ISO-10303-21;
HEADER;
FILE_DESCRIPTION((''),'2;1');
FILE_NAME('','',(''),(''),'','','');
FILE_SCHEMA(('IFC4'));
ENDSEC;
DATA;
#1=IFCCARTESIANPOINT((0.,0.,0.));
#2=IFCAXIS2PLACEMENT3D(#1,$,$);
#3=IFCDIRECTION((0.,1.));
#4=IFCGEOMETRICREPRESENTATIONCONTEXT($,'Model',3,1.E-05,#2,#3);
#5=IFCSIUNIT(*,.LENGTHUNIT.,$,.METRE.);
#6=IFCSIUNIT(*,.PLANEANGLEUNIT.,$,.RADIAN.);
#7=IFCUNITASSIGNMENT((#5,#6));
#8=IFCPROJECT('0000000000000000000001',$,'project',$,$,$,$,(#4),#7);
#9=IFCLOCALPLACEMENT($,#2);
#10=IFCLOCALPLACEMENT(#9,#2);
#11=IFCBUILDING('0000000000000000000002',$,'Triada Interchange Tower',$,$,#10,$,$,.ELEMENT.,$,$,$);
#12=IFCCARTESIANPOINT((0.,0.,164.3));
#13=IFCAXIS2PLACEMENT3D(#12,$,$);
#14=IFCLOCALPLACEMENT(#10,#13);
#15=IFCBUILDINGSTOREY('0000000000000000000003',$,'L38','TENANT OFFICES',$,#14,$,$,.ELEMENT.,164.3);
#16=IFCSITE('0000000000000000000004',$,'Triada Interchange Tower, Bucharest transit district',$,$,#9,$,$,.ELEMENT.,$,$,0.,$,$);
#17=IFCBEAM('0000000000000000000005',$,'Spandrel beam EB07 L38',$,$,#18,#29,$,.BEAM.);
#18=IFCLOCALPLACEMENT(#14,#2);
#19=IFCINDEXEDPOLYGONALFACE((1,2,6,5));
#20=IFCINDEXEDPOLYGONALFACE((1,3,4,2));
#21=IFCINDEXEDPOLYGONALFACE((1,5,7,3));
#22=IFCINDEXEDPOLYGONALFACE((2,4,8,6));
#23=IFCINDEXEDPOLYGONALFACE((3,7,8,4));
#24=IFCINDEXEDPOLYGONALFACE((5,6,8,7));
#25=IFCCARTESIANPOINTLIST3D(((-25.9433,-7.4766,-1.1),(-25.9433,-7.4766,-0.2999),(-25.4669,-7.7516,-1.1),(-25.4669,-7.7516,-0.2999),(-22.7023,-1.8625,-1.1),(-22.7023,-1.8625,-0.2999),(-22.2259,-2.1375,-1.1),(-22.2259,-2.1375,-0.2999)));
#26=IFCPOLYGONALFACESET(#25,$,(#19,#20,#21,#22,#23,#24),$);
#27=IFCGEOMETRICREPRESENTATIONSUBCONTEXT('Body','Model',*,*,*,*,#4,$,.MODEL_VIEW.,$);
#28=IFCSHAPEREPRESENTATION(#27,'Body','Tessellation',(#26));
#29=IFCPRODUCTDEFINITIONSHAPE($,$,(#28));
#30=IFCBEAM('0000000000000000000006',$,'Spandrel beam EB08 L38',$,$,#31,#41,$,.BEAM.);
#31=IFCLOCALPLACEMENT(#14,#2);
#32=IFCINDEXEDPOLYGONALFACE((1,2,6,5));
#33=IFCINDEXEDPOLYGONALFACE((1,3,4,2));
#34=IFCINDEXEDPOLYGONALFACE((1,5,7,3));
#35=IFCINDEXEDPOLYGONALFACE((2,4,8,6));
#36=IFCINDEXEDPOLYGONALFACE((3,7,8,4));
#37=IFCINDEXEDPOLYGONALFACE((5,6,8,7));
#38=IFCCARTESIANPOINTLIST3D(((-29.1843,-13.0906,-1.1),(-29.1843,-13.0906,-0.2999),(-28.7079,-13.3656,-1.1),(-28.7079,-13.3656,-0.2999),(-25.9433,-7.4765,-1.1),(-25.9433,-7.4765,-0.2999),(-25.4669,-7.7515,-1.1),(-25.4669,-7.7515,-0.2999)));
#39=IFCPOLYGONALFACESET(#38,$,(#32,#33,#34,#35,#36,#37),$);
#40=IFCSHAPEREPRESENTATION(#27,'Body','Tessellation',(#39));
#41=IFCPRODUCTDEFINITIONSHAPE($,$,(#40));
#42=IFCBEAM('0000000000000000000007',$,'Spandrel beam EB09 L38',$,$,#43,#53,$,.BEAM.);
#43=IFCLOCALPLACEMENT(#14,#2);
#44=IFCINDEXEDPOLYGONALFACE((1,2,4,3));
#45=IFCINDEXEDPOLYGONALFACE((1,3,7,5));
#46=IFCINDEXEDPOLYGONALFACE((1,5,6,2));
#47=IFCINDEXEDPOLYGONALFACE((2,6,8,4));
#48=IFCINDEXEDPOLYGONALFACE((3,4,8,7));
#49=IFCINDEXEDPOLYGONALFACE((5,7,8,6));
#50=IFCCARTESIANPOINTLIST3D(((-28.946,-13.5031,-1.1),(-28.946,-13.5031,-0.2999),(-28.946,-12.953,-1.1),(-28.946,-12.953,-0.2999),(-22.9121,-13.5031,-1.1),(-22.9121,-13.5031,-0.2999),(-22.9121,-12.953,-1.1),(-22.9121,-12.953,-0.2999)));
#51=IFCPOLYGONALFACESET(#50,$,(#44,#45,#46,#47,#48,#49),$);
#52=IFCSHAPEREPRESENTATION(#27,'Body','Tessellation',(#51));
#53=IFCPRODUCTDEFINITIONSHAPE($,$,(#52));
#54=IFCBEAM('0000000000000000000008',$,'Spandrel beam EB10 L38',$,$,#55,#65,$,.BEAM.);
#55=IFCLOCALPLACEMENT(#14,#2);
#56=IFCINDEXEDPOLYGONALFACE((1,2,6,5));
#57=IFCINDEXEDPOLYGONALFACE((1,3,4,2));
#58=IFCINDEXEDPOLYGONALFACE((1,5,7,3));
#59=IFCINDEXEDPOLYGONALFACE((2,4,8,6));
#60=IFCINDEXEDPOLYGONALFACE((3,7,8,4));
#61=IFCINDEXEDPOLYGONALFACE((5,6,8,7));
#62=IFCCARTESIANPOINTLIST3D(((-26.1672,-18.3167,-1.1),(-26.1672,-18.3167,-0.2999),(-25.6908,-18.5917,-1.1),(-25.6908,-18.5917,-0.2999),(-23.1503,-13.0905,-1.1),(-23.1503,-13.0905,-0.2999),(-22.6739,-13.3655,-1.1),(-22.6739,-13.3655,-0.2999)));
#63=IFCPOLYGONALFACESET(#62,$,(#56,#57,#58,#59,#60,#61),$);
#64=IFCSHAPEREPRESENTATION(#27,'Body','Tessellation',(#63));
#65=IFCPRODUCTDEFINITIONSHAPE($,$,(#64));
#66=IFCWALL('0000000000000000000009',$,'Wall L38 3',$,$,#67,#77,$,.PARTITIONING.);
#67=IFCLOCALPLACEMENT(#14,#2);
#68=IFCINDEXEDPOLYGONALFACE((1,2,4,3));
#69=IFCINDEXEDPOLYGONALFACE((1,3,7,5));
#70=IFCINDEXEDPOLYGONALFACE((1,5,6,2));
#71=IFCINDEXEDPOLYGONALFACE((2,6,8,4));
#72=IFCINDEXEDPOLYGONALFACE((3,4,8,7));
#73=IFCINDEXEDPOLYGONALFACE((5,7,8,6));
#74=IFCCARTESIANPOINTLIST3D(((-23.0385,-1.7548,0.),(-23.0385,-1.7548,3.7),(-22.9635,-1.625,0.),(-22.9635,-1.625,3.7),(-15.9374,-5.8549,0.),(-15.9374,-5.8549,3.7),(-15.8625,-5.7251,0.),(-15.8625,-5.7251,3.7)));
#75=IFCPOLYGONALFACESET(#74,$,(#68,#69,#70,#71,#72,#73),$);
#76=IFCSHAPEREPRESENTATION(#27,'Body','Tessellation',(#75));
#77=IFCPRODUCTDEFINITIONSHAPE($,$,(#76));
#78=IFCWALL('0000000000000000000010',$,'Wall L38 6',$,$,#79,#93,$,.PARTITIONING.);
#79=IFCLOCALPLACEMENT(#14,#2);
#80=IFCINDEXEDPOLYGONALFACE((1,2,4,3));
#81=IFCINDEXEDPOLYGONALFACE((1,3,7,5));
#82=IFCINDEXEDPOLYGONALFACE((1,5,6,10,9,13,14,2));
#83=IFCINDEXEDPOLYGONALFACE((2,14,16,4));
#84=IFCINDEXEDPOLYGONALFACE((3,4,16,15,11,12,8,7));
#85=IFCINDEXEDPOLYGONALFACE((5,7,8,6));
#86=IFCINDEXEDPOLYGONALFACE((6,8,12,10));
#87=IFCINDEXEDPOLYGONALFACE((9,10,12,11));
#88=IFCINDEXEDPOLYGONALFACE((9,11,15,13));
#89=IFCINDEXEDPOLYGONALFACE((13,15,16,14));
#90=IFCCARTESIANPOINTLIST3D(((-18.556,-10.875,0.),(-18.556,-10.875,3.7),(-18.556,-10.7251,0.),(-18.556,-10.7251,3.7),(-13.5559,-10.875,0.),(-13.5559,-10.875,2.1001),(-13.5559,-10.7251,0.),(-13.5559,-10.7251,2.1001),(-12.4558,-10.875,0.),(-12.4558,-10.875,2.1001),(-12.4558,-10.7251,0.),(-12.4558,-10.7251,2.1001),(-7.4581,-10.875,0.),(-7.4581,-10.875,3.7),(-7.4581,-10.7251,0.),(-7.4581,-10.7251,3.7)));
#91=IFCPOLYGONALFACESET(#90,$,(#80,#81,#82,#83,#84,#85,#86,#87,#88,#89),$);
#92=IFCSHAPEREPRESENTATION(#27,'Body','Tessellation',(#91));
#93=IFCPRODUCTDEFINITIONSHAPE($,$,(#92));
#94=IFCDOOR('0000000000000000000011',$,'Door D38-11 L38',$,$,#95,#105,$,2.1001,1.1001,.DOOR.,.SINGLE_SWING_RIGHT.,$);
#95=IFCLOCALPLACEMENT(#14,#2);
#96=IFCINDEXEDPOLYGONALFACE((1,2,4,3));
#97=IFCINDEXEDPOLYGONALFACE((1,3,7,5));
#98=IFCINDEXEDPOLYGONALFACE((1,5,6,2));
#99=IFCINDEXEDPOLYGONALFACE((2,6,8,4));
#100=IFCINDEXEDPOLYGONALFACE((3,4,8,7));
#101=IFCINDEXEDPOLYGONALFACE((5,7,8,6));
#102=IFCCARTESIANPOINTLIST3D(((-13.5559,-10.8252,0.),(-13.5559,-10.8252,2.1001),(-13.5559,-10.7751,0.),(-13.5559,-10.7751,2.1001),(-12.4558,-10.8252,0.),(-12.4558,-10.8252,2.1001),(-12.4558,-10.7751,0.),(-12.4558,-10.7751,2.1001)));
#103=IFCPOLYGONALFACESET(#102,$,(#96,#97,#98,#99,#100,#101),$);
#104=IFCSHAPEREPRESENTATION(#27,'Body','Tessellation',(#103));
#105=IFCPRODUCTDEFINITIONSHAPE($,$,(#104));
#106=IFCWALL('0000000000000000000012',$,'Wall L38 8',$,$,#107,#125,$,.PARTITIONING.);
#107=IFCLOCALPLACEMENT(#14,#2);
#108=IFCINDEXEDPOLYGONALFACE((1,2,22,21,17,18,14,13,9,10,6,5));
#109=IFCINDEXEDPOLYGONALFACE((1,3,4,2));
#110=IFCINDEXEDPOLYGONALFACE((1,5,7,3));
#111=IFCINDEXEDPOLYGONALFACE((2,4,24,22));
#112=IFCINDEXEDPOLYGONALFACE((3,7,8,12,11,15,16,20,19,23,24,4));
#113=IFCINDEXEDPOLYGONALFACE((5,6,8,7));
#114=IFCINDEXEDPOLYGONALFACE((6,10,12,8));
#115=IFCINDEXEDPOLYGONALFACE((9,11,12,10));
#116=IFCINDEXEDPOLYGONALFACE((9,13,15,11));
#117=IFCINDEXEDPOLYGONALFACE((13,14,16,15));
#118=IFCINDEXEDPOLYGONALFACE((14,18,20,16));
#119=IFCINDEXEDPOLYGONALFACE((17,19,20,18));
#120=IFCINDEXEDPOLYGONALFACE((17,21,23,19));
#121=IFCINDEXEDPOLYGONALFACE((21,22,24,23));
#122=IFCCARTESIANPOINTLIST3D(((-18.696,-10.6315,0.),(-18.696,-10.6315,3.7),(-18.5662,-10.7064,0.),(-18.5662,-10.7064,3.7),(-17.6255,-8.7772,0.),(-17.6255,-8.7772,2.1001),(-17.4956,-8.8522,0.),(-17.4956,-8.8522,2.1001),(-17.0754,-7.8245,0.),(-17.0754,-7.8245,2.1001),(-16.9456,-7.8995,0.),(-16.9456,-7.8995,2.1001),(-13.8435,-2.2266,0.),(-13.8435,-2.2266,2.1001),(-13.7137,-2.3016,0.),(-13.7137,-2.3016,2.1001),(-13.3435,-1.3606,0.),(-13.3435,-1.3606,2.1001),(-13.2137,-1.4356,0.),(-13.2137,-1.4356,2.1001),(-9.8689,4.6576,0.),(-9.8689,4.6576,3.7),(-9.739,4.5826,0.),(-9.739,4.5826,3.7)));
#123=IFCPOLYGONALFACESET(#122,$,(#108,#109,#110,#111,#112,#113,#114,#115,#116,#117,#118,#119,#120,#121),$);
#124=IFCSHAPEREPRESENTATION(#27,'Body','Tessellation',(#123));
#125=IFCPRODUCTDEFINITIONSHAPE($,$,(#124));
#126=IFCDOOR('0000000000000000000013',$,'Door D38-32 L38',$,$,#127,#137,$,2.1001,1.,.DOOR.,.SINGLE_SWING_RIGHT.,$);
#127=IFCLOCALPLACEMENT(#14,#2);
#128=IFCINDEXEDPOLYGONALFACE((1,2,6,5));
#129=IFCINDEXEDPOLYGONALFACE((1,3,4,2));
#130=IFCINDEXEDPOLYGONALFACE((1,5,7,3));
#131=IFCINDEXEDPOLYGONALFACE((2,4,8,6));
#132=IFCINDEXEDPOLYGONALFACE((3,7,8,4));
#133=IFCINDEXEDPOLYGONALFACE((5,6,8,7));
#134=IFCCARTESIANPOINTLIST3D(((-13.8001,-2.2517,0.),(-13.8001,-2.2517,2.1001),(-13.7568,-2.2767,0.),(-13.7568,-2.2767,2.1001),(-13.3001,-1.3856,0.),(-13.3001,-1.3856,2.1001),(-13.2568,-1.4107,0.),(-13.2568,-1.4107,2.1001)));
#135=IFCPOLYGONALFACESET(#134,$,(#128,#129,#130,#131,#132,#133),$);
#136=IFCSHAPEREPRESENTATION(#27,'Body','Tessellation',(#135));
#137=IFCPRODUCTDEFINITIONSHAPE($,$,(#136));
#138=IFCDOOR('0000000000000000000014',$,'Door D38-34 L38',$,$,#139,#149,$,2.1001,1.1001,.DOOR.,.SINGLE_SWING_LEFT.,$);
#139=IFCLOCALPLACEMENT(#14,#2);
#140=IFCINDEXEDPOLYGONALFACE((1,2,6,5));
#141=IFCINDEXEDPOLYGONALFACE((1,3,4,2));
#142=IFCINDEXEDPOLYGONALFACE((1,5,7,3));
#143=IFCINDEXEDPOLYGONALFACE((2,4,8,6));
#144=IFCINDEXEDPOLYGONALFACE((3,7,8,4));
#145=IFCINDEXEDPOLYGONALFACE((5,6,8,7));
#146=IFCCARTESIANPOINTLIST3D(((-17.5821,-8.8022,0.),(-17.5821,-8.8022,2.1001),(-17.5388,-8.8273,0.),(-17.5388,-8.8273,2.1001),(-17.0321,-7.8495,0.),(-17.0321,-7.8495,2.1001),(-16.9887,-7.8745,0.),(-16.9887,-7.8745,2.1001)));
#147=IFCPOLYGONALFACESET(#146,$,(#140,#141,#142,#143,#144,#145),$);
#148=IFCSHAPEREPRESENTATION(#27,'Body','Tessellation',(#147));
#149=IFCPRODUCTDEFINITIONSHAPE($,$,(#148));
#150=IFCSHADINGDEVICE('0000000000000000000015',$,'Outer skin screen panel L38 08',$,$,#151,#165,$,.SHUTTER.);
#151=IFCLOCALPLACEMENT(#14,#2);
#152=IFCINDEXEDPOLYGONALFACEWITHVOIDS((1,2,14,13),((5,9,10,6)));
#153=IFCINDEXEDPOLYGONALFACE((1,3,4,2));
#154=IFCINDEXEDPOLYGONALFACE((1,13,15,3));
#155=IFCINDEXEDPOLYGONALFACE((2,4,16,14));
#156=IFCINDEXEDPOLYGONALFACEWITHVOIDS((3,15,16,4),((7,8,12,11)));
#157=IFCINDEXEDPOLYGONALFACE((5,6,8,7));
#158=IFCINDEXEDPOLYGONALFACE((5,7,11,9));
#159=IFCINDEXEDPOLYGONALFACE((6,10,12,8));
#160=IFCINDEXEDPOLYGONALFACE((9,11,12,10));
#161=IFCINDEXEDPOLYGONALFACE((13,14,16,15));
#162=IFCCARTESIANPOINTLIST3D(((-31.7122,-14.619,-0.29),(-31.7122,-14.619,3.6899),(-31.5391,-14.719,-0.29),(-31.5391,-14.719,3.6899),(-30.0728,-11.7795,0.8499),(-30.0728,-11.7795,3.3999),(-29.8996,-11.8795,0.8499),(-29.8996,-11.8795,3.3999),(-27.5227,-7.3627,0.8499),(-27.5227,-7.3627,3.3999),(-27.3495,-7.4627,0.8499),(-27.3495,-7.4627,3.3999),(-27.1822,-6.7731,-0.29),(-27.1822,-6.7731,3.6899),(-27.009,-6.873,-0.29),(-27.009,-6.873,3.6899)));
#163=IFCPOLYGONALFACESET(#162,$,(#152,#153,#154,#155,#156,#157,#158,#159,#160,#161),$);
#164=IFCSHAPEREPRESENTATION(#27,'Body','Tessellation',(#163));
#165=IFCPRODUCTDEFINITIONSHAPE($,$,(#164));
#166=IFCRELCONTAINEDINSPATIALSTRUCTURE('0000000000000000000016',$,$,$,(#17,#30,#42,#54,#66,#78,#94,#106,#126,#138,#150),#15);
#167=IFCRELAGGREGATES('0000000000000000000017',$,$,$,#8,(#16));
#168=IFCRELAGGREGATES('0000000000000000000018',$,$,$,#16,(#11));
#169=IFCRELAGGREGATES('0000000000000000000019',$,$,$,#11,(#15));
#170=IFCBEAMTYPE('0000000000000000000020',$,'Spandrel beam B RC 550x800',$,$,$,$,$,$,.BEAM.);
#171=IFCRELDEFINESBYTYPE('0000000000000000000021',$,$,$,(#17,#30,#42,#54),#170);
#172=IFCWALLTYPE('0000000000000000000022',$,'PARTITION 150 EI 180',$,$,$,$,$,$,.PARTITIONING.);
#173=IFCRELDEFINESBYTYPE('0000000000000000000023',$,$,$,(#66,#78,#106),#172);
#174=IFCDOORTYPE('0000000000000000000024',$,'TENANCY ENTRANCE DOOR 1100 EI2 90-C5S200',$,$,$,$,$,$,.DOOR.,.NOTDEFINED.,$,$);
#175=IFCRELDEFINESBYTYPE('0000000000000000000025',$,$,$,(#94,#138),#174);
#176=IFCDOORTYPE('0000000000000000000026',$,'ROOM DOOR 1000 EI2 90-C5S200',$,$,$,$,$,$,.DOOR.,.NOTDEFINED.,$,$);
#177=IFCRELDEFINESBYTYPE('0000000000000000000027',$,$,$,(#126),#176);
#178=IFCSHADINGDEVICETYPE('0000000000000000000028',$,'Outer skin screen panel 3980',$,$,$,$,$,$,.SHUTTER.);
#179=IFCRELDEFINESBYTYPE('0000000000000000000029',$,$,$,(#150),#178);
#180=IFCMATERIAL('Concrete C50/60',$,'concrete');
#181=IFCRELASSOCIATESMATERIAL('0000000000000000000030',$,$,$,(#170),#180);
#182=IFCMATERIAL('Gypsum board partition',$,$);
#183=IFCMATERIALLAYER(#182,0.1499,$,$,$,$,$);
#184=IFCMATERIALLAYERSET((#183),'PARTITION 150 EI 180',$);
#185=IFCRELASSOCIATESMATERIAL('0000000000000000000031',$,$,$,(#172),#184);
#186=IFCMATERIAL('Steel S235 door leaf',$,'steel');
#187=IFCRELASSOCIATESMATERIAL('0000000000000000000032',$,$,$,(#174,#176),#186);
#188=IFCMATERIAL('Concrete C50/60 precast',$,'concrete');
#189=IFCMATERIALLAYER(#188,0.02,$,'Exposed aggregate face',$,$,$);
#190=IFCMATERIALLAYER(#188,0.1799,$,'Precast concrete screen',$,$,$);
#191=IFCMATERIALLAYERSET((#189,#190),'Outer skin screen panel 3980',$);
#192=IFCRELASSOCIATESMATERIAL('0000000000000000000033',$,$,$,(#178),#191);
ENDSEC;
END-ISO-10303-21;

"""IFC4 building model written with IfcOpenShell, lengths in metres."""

from ifc_helpers import new_model, si_unit, direction, frame, frame_2d, origin, origin_2d, place, context, subcontext, project, spatial, polyline, rectangle, outline, extrude, material, layer, layer_set, material_profile, profile_set, type_object, element, fill, save


model = new_model("IFC4")

# Units and contexts
model_context = context("Model", 3, precision=1e-05, world=origin(), true_north=direction((0.0, 1.0)))
body_context = subcontext(model_context, "Body", "Model", "MODEL_VIEW")
ifc_project = project(units=[si_unit("LENGTHUNIT", "METRE"), si_unit("PLANEANGLEUNIT", "RADIAN")], contexts=[model_context])

# Site, building, storey
site_placement = place(None, origin())
site = spatial("IfcSite", under=ifc_project, at=site_placement, Name="Triada Interchange Tower, Bucharest transit district", CompositionType="ELEMENT", RefElevation=0.0)
building_placement = place(site_placement, origin())
building = spatial("IfcBuilding", under=site, at=building_placement, Name="Triada Interchange Tower", CompositionType="ELEMENT")
storey_placement = place(building_placement, frame((0.0, 0.0, 164.3)))
storey = spatial("IfcBuildingStorey", under=building, at=storey_placement, Name="L38", Description="TENANT OFFICES", CompositionType="ELEMENT", Elevation=164.3)

# Beams
ifc_material_1 = material(Name="Concrete C50/60", Category="concrete")
ifc_material_profile_1 = material_profile(ifc_material_1, rectangle(XDim=0.55, YDim=0.8, at=origin_2d()), Name="RC 550x800")
ifc_profile_set_1 = profile_set([ifc_material_profile_1], Name="Concrete C50/60")
beam_type_1 = type_object("IfcBeamType", Name="Spandrel beam B RC 550x800", PredefinedType="BEAM", material=ifc_profile_set_1)
for number, where, z_axis, x_axis, name in (
    (1, (-22.4641, -2.0, -0.7), (-0.499967, -0.866044, 0.0), (0.866044, -0.499967, 0.0), "Spandrel beam EB07 L38"),
    (2, (-25.7051, -7.614, -0.7), (-0.499967, -0.866044, 0.0), (0.866044, -0.499967, 0.0), "Spandrel beam EB08 L38"),
):
    element("IfcBeam", number, at=place(storey_placement, frame(where, z_axis=z_axis, x_axis=x_axis)), inside=storey, type_object=beam_type_1, Name=name, PredefinedType="BEAM", context=body_context, shape_type="SweptSolid", body=[
        extrude(rectangle(XDim=0.55, YDim=0.8, at=origin_2d()), origin(), (0.0, 0.0, 1.0), 6.4824),
    ])
beam_1_placement = place(storey_placement, frame((-28.946, -13.228, -0.7), z_axis=(1.0, 0.0, 0.0), x_axis=(0.0, 1.0, 0.0)))
element("IfcBeam", 3, at=beam_1_placement, inside=storey, type_object=beam_type_1, Name="Spandrel beam EB09 L38", PredefinedType="BEAM", context=body_context, shape_type="SweptSolid", body=[
    extrude(rectangle(XDim=0.55, YDim=0.8, at=origin_2d()), origin(), (0.0, 0.0, 1.0), 6.0339),
])
beam_2_placement = place(storey_placement, frame((-22.9121, -13.228, -0.7), z_axis=(-0.499947, -0.866056, 0.0), x_axis=(0.866056, -0.499947, 0.0)))
element("IfcBeam", 4, at=beam_2_placement, inside=storey, type_object=beam_type_1, Name="Spandrel beam EB10 L38", PredefinedType="BEAM", context=body_context, shape_type="SweptSolid", body=[
    extrude(rectangle(XDim=0.55, YDim=0.8, at=origin_2d()), origin(), (0.0, 0.0, 1.0), 6.0344),
])

# Wall
ifc_material_2 = material(Name="Gypsum board partition")
ifc_layer_1 = layer(ifc_material_2, 0.1499)
ifc_layer_set_1 = layer_set([ifc_layer_1], Name="PARTITION 150 EI 180")
wall_type = type_object("IfcWallType", Name="PARTITION 150 EI 180", PredefinedType="PARTITIONING", material=ifc_layer_set_1)
wall_1_placement = place(storey_placement, frame((-23.001, -1.6899, 0.0), z_axis=(0.0, 0.0, 1.0), x_axis=(0.86601, -0.500027, 0.0)))
element("IfcWall", 5, at=wall_1_placement, inside=storey, type_object=wall_type, Name="Wall L38 3", PredefinedType="PARTITIONING", context=body_context, shape_type="SweptSolid", body=[
    extrude(rectangle(XDim=8.1997, YDim=0.1499, at=frame_2d((4.0999, 0.0))), origin(), (0.0, 0.0, 1.0), 3.7),
])

# Wall, opening, door
wall_2_placement = place(storey_placement, frame((-18.5559, -10.8, 0.0), z_axis=(0.0, 0.0, 1.0), x_axis=(1.0, 0.0, 0.0)))
wall_2 = element("IfcWall", 6, at=wall_2_placement, inside=storey, type_object=wall_type, Name="Wall L38 6", PredefinedType="PARTITIONING", context=body_context, shape_type="SweptSolid", body=[
    extrude(rectangle(XDim=11.0979, YDim=0.1499, at=frame_2d((5.5488, 0.0))), origin(), (0.0, 0.0, 1.0), 3.7),
])
opening_1_placement = place(wall_2_placement, frame((5.0, 0.0, 0.0)))
opening_1 = element("IfcOpeningElement", 7, at=opening_1_placement, cuts=wall_2, PredefinedType="OPENING", context=body_context, shape_type="SweptSolid", body=[
    extrude(rectangle(XDim=1.1001, YDim=2.1001, at=frame_2d((0.55, 1.05))), frame((0.0, 0.085, 0.0), z_axis=(0.0, -1.0, 0.0), x_axis=(1.0, 0.0, 0.0)), (0.0, 0.0, 1.0), 0.1699),
])
ifc_material_3 = material(Name="Steel S235 door leaf", Category="steel")
door_type_1 = type_object("IfcDoorType", Name="TENANCY ENTRANCE DOOR 1100 EI2 90-C5S200", OperationType="NOTDEFINED", PredefinedType="DOOR", material=ifc_material_3)
door_1_placement = place(opening_1_placement, origin())
door_1 = element("IfcDoor", 8, at=door_1_placement, inside=storey, type_object=door_type_1, Name="Door D38-11 L38", OperationType="SINGLE_SWING_RIGHT", OverallHeight=2.1001, OverallWidth=1.1001, PredefinedType="DOOR", context=body_context, shape_type="SweptSolid", body=[
    extrude(rectangle(XDim=1.1001, YDim=2.1001, at=frame_2d((0.55, 1.05))), frame((0.0, 0.0249, 0.0), z_axis=(0.0, -1.0, 0.0), x_axis=(1.0, 0.0, 0.0)), (0.0, 0.0, 1.0), 0.05),
])
fill(opening_1, door_1)

# Wall, openings, doors
wall_3_placement = place(storey_placement, frame((-18.6311, -10.6689, 0.0), z_axis=(0.0, 0.0, 1.0), x_axis=(0.5, 0.866025, 0.0)))
wall_3 = element("IfcWall", 9, at=wall_3_placement, inside=storey, type_object=wall_type, Name="Wall L38 8", PredefinedType="PARTITIONING", context=body_context, shape_type="SweptSolid", body=[
    extrude(rectangle(XDim=17.6543, YDim=0.1499, at=frame_2d((8.8271, 0.0))), origin(), (0.0, 0.0, 1.0), 3.7),
])
opening_2_placement = place(wall_3_placement, frame((9.7051, 0.0, 0.0)))
opening_2 = element("IfcOpeningElement", 10, at=opening_2_placement, cuts=wall_3, PredefinedType="OPENING", context=body_context, shape_type="SweptSolid", body=[
    extrude(rectangle(XDim=1.0, YDim=2.1001, at=frame_2d((0.5, 1.05))), frame((0.0, 0.085, 0.0), z_axis=(0.0, -1.0, 0.0), x_axis=(1.0, 0.0, 0.0)), (0.0, 0.0, 1.0), 0.1699),
])
opening_3_placement = place(wall_3_placement, frame((2.1411, 0.0, 0.0)))
opening_3 = element("IfcOpeningElement", 11, at=opening_3_placement, cuts=wall_3, PredefinedType="OPENING", context=body_context, shape_type="SweptSolid", body=[
    extrude(rectangle(XDim=1.1001, YDim=2.1001, at=frame_2d((0.55, 1.05))), frame((0.0, 0.085, 0.0), z_axis=(0.0, -1.0, 0.0), x_axis=(1.0, 0.0, 0.0)), (0.0, 0.0, 1.0), 0.1699),
])
door_type_2 = type_object("IfcDoorType", Name="ROOM DOOR 1000 EI2 90-C5S200", OperationType="NOTDEFINED", PredefinedType="DOOR", material=ifc_material_3)
door_2_placement = place(opening_2_placement, origin())
door_2 = element("IfcDoor", 12, at=door_2_placement, inside=storey, type_object=door_type_2, Name="Door D38-32 L38", OperationType="SINGLE_SWING_RIGHT", OverallHeight=2.1001, OverallWidth=1.0, PredefinedType="DOOR", context=body_context, shape_type="SweptSolid", body=[
    extrude(rectangle(XDim=1.0, YDim=2.1001, at=frame_2d((0.5, 1.05))), frame((0.0, 0.0249, 0.0), z_axis=(0.0, -1.0, 0.0), x_axis=(1.0, 0.0, 0.0)), (0.0, 0.0, 1.0), 0.05),
])
fill(opening_2, door_2)
door_3_placement = place(opening_3_placement, origin())
door_3 = element("IfcDoor", 13, at=door_3_placement, inside=storey, type_object=door_type_1, Name="Door D38-34 L38", OperationType="SINGLE_SWING_LEFT", OverallHeight=2.1001, OverallWidth=1.1001, PredefinedType="DOOR", context=body_context, shape_type="SweptSolid", body=[
    extrude(rectangle(XDim=1.1001, YDim=2.1001, at=frame_2d((0.55, 1.05))), frame((0.0, 0.0249, 0.0), z_axis=(0.0, -1.0, 0.0), x_axis=(1.0, 0.0, 0.0)), (0.0, 0.0, 1.0), 0.05),
])
fill(opening_3, door_3)

# Shading device
ifc_material_4 = material(Name="Concrete C50/60 precast", Category="concrete")
ifc_layer_2 = layer(ifc_material_4, 0.02, Name="Exposed aggregate face")
ifc_layer_3 = layer(ifc_material_4, 0.1799, Name="Precast concrete screen")
ifc_layer_set_2 = layer_set([ifc_layer_2, ifc_layer_3], Name="Outer skin screen panel 3980")
shading_device_type = type_object("IfcShadingDeviceType", Name="Outer skin screen panel 3980", PredefinedType="SHUTTER", material=ifc_layer_set_2)
shading_device_placement = place(storey_placement, frame((-27.009, -6.873, -0.29), z_axis=(0.0, 0.0, 1.0), x_axis=(-0.500014, -0.866017, 0.0)))
element("IfcShadingDevice", 14, at=shading_device_placement, inside=storey, type_object=shading_device_type, Name="Outer skin screen panel L38 08", PredefinedType="SHUTTER", context=body_context, shape_type="SweptSolid", body=[
    extrude(outline(polyline([(0.0, 0.0), (9.0598, 0.0), (9.0598, 3.98), (0.0, 3.98), (0.0, 0.0)]), holes=[polyline([(0.6809, 1.1399), (0.6809, 3.6899), (5.781, 3.6899), (5.781, 1.1399), (0.6809, 1.1399)])]), frame((0.0, 0.0, 0.0), z_axis=(0.0, -1.0, 0.0), x_axis=(1.0, 0.0, 0.0)), (0.0, 0.0, 1.0), 0.2),
])

save(model, "model.ifc")
